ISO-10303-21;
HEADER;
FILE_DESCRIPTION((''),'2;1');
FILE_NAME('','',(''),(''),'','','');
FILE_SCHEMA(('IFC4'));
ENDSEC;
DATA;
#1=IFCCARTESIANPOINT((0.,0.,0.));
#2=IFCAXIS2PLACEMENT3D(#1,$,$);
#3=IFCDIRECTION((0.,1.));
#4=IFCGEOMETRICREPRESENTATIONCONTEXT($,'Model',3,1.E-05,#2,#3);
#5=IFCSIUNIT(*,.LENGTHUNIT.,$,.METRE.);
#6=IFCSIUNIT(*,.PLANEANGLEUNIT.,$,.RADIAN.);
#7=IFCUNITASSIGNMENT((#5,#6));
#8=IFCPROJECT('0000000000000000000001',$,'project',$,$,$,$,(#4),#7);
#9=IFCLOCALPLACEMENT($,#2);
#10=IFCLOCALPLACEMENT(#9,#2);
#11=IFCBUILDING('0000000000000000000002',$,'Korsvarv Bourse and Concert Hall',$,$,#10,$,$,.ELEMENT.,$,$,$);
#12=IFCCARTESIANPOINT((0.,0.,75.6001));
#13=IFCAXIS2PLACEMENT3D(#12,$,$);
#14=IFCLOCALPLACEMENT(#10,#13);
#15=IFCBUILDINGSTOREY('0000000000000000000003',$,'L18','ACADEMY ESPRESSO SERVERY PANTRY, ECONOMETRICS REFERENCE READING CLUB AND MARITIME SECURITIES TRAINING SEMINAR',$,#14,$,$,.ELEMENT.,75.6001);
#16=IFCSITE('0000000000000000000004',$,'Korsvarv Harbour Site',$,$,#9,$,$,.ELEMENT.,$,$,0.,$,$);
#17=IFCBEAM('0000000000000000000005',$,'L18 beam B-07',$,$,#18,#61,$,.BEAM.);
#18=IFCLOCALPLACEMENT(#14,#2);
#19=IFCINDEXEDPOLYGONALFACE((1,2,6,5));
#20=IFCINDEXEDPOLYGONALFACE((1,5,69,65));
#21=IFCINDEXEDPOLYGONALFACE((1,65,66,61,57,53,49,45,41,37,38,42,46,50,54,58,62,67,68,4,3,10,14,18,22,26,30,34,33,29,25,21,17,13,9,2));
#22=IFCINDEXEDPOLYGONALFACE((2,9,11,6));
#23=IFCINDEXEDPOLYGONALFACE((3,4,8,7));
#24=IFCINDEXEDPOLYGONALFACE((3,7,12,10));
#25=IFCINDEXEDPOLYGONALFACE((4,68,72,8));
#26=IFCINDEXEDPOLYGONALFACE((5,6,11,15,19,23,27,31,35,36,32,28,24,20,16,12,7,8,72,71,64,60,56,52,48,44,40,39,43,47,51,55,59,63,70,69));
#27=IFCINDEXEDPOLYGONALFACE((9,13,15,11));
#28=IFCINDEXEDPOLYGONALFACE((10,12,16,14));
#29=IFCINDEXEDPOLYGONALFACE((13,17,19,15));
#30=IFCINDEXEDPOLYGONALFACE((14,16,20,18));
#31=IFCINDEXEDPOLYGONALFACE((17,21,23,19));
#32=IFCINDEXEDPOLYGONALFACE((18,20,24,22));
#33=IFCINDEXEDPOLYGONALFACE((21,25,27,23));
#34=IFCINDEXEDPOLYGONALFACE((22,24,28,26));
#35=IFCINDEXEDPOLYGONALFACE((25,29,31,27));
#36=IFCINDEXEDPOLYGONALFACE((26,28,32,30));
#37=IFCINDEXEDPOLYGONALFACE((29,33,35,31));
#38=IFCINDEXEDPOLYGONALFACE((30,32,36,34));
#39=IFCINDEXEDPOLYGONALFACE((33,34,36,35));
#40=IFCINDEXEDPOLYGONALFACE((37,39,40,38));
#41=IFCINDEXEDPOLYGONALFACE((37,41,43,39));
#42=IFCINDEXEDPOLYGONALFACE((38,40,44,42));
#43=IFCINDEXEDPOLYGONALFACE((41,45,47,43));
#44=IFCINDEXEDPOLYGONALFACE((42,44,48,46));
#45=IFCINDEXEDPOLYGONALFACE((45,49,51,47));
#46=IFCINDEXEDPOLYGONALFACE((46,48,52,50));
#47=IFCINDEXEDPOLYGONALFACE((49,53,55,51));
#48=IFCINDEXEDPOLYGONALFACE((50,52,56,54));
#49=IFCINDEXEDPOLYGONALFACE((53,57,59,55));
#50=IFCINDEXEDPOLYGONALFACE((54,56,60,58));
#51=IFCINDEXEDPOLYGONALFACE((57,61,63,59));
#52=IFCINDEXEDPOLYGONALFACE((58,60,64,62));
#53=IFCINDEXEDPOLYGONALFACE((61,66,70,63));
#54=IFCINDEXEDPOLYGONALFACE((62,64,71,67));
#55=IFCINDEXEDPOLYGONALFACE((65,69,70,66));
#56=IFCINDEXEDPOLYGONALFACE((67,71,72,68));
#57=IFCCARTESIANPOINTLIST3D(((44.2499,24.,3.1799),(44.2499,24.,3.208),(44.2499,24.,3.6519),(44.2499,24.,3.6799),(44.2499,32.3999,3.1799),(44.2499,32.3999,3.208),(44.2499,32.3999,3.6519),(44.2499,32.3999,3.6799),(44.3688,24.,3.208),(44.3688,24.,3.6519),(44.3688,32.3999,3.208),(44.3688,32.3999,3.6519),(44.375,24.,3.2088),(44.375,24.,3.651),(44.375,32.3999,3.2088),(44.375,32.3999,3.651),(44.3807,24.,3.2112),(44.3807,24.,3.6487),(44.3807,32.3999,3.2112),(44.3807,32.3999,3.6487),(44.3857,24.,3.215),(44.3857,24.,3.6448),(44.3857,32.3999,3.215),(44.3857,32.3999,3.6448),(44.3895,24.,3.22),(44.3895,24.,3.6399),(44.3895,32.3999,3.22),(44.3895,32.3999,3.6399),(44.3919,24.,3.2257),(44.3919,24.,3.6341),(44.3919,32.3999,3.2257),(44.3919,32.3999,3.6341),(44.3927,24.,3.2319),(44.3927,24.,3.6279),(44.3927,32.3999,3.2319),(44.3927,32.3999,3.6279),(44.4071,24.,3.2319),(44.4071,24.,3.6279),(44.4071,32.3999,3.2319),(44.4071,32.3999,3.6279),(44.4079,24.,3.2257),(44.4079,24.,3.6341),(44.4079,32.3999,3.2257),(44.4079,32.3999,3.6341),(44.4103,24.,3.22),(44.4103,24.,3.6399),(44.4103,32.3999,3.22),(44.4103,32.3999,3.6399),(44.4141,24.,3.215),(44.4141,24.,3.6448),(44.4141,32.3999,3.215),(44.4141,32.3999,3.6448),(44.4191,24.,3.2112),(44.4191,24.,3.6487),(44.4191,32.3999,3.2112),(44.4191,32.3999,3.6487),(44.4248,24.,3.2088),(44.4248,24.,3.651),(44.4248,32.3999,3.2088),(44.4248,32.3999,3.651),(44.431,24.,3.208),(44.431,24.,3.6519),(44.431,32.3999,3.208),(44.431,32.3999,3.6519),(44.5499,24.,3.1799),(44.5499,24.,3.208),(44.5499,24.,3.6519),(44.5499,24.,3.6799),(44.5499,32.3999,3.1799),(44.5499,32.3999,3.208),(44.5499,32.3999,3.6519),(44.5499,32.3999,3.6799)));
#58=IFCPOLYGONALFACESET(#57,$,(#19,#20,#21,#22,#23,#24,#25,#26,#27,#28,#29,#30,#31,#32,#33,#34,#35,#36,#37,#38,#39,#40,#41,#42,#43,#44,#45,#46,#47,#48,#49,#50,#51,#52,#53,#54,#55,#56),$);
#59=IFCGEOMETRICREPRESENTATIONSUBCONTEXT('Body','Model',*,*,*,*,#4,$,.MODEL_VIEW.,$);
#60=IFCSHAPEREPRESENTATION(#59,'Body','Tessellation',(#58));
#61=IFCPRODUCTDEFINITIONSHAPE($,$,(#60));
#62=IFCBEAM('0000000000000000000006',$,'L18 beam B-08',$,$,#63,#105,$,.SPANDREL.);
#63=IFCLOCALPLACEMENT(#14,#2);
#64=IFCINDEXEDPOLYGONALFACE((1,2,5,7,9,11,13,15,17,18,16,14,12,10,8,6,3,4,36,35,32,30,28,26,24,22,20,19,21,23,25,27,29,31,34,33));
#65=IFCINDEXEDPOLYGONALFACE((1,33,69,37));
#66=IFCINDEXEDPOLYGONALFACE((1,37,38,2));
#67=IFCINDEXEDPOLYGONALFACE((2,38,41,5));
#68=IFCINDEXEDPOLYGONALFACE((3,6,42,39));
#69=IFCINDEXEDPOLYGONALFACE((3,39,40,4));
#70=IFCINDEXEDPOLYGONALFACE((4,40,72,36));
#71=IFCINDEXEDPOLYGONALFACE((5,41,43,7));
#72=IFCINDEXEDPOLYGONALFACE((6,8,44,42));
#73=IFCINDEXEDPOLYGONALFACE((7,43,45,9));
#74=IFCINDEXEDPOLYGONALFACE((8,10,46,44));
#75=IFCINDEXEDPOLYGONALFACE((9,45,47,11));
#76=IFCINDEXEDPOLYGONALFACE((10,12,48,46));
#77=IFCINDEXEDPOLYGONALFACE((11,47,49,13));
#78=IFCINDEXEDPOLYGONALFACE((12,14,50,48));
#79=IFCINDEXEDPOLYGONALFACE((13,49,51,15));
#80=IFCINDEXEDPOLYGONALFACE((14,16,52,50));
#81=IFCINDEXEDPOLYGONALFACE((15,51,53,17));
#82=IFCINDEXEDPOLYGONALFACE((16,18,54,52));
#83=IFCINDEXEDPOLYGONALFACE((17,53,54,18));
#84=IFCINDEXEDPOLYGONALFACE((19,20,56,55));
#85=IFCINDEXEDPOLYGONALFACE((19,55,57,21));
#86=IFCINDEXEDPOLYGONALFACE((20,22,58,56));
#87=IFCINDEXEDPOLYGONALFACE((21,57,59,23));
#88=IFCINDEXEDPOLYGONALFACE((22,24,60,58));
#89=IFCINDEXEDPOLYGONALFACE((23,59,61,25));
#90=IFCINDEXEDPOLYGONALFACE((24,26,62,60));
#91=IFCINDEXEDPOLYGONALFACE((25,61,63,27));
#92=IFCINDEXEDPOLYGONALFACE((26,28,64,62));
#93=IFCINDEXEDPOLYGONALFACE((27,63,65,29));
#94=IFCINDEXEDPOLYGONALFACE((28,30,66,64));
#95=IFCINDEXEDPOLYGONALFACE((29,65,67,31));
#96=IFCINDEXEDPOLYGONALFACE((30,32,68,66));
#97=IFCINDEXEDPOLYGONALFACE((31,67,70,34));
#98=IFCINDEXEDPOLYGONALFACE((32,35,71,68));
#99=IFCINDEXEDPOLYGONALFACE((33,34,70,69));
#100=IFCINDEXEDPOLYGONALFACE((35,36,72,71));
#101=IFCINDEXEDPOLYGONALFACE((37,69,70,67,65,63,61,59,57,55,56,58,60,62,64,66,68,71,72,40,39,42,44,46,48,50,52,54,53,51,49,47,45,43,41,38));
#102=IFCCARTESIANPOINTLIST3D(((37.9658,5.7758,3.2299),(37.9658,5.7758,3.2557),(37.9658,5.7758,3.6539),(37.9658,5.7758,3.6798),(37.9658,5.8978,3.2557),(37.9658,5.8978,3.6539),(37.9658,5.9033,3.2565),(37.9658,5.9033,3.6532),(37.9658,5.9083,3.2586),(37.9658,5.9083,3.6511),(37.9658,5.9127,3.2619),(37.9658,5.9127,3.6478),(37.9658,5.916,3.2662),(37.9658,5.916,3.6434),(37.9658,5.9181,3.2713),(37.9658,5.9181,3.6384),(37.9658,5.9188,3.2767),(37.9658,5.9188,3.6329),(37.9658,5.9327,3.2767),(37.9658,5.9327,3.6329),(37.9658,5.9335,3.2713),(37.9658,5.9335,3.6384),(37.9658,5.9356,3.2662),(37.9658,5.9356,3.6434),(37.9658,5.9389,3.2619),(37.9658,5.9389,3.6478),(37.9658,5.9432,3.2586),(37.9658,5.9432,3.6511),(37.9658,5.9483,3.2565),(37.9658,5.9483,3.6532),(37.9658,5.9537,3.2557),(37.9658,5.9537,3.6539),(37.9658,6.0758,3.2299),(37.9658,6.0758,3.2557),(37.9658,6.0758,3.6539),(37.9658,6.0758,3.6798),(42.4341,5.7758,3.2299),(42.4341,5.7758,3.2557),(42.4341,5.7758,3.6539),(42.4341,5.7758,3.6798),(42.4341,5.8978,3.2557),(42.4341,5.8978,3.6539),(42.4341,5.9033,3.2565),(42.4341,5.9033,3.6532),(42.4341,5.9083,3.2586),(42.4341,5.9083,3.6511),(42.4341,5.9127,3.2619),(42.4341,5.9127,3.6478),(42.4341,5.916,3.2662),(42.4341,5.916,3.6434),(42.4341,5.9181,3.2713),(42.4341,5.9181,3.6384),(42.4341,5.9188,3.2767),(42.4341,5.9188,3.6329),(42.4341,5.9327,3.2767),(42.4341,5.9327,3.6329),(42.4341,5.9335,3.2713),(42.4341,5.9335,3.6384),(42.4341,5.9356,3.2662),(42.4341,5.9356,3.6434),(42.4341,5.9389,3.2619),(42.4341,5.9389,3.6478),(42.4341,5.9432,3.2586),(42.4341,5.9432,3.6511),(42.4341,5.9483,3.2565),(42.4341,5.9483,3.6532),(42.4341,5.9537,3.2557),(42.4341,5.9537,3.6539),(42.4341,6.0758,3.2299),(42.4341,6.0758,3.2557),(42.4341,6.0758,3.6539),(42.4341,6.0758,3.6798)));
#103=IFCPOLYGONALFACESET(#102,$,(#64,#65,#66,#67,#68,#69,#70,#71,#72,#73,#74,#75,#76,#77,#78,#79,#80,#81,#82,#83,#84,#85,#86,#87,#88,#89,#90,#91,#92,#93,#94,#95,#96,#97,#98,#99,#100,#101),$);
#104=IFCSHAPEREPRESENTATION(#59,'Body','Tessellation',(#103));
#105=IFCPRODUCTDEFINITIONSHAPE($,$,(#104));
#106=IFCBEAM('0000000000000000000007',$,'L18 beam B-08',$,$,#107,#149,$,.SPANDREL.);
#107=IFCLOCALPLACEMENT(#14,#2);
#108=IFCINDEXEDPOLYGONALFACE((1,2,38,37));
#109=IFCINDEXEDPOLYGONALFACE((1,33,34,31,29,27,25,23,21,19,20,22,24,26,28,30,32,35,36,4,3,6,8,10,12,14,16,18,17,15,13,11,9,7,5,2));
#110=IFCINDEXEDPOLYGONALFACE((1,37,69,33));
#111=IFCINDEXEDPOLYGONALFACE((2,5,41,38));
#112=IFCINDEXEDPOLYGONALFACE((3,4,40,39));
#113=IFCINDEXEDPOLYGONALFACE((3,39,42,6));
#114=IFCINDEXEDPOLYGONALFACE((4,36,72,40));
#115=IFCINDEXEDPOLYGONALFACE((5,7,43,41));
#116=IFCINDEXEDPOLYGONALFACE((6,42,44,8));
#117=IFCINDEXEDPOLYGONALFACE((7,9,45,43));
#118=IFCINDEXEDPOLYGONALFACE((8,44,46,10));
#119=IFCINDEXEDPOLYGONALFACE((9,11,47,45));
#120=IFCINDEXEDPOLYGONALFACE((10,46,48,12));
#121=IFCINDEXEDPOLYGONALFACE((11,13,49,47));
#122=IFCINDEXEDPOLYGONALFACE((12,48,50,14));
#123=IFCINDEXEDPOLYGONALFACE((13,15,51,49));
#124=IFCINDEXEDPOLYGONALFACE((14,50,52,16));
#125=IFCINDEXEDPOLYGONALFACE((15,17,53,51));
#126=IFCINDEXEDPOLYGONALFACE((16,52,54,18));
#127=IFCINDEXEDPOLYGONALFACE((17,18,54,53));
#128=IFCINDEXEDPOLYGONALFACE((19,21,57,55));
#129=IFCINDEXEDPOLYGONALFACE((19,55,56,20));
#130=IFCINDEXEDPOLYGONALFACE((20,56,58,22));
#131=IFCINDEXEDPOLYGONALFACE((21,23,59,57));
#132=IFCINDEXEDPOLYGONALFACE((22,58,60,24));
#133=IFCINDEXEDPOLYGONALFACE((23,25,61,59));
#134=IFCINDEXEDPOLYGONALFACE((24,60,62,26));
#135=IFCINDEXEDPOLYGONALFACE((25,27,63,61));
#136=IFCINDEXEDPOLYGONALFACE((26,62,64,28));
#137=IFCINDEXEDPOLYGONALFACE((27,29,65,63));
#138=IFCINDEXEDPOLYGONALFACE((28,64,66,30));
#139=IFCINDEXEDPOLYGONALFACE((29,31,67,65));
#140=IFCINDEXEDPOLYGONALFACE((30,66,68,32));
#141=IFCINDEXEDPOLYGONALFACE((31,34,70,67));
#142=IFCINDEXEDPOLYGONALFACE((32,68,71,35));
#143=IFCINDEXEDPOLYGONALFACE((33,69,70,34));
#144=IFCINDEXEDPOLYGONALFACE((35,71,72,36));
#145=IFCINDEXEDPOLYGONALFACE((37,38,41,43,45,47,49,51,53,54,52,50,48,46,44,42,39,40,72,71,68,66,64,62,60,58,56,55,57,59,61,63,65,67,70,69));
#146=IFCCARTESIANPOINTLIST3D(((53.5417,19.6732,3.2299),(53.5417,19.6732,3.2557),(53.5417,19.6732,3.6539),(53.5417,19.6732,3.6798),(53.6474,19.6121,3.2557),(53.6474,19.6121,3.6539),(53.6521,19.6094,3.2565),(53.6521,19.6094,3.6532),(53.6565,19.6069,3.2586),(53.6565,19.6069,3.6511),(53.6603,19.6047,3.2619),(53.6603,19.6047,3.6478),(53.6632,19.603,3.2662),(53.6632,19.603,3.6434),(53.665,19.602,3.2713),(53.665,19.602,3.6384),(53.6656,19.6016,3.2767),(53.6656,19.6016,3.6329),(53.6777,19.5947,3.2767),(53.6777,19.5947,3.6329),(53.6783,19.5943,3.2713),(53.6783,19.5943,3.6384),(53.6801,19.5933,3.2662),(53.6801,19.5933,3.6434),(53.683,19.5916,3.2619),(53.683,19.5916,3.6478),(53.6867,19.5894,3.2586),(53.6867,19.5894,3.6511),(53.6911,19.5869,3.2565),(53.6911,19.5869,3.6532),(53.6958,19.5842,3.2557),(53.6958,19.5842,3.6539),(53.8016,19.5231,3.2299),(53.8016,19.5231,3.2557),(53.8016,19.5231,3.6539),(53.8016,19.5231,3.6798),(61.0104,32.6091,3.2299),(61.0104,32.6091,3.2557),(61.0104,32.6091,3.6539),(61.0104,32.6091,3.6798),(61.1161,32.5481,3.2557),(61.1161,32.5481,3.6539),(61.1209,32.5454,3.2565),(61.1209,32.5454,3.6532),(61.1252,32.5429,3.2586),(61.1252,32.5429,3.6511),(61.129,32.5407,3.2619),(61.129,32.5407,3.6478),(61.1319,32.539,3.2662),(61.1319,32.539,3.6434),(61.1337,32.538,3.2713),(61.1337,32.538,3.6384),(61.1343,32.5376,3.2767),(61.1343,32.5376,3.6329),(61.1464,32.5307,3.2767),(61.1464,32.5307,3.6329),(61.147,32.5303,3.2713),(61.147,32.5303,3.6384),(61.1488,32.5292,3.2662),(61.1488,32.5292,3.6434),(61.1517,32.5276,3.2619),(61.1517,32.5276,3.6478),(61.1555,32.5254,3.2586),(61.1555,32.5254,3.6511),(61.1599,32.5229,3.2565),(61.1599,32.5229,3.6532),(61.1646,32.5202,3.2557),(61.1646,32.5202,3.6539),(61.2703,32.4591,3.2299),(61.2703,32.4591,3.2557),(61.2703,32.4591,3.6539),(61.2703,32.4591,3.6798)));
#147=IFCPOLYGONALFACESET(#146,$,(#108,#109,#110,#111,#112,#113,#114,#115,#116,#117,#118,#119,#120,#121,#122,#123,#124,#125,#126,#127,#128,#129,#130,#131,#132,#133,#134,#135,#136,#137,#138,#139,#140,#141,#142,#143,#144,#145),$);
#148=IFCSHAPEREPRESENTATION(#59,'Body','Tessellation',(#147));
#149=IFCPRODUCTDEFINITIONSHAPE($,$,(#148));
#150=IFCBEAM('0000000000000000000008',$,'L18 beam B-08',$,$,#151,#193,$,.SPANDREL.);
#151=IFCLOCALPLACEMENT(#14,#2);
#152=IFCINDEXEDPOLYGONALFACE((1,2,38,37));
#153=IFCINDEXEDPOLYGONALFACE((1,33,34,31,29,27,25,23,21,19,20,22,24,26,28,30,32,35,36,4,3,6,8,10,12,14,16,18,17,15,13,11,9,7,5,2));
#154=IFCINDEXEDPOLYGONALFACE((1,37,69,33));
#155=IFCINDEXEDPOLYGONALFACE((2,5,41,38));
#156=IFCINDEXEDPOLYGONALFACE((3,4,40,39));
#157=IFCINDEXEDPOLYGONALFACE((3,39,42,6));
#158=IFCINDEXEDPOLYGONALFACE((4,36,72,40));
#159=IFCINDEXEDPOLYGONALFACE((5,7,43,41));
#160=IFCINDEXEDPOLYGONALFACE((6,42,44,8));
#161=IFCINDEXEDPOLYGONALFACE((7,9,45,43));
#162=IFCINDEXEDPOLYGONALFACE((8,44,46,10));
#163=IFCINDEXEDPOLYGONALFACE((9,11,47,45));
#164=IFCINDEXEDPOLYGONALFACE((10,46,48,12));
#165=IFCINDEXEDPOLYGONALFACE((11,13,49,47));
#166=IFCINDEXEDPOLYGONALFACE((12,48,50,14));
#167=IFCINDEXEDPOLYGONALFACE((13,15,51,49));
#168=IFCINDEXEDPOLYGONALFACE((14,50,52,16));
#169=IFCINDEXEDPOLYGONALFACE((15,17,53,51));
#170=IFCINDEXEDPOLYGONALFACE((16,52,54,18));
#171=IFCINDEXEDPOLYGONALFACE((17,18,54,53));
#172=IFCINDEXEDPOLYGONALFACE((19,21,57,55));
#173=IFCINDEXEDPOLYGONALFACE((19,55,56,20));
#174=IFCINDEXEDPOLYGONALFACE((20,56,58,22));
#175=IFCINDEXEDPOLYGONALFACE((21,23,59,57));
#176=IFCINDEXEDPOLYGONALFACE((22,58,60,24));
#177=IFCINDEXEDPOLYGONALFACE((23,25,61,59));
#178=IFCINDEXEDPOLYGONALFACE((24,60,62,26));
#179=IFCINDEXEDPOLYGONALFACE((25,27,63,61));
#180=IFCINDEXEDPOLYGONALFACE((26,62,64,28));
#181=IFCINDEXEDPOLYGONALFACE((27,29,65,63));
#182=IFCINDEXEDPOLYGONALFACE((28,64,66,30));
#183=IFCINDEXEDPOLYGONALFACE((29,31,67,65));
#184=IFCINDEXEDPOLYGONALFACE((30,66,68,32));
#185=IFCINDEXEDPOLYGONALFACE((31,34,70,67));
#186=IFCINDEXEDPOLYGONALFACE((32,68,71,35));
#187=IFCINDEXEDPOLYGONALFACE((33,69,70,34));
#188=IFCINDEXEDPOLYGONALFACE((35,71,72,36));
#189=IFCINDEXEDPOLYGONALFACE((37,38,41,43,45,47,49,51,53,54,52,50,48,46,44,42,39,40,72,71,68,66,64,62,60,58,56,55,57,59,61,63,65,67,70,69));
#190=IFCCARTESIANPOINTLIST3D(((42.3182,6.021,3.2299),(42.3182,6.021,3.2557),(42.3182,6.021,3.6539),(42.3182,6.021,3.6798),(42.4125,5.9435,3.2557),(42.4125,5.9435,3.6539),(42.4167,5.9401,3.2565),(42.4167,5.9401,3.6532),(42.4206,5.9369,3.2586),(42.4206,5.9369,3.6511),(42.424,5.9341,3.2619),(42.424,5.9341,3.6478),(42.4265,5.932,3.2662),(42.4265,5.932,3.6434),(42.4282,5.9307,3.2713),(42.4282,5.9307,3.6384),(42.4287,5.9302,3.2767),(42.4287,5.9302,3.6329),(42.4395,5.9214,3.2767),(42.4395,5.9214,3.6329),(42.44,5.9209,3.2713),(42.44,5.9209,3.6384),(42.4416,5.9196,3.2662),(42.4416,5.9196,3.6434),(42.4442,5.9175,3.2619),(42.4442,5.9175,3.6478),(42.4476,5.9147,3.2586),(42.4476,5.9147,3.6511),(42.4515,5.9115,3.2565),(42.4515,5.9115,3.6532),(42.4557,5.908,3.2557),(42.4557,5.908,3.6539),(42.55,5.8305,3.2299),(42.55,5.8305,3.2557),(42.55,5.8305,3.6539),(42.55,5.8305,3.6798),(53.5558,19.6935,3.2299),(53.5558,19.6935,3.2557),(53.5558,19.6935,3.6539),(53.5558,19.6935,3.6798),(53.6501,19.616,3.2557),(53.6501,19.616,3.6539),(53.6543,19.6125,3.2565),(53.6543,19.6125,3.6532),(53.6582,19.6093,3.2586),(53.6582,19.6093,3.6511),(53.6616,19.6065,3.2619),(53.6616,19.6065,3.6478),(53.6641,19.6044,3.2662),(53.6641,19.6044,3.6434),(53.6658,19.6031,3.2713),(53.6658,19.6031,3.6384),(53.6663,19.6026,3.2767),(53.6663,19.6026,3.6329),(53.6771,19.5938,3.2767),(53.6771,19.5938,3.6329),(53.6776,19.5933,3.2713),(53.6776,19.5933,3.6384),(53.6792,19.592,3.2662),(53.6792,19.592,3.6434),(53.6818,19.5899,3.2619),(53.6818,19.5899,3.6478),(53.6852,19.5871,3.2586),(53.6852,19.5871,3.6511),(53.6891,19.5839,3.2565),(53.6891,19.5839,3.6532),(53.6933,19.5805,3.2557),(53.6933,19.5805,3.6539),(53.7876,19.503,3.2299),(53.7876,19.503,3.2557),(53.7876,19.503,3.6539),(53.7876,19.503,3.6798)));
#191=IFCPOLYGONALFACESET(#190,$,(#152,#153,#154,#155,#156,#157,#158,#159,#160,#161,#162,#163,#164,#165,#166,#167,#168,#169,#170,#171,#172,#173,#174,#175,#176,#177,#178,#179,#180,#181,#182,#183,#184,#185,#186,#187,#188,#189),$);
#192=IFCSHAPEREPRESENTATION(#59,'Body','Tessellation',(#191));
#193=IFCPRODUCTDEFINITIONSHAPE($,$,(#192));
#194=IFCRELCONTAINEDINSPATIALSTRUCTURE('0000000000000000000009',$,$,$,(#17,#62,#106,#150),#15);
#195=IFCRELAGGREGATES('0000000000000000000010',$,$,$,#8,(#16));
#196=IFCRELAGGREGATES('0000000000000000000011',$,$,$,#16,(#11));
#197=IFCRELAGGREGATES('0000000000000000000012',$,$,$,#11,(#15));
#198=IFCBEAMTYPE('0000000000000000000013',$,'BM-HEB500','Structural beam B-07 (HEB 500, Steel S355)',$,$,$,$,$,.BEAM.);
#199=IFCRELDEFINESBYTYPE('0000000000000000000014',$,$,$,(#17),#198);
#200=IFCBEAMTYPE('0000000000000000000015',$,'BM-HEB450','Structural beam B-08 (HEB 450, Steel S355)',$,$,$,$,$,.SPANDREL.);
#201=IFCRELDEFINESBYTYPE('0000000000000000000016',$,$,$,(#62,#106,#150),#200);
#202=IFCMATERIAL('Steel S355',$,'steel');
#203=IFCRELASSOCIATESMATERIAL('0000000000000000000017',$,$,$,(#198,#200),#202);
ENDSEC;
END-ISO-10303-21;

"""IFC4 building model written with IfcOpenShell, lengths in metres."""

from ifc_helpers import new_model, si_unit, direction, frame, origin, origin_2d, place, context, subcontext, project, spatial, i_section, extrude, source, transform, mapped, material, material_profile, profile_set, type_object, element, save


model = new_model("IFC4")

# Units and contexts
model_context = context("Model", 3, precision=1e-05, world=origin(), true_north=direction((0.0, 1.0)))
body_context = subcontext(model_context, "Body", "Model", "MODEL_VIEW")
ifc_project = project(units=[si_unit("LENGTHUNIT", "METRE"), si_unit("PLANEANGLEUNIT", "RADIAN")], contexts=[model_context])

# Site, building, storey
site_placement = place(None, origin())
site = spatial("IfcSite", under=ifc_project, at=site_placement, Name="Korsvarv Harbour Site", CompositionType="ELEMENT", RefElevation=0.0)
building_placement = place(site_placement, origin())
building = spatial("IfcBuilding", under=site, at=building_placement, Name="Korsvarv Bourse and Concert Hall", CompositionType="ELEMENT")
storey_placement = place(building_placement, frame((0.0, 0.0, 75.6001)))
storey = spatial("IfcBuildingStorey", under=building, at=storey_placement, Name="L18", Description="ACADEMY ESPRESSO SERVERY PANTRY, ECONOMETRICS REFERENCE READING CLUB AND MARITIME SECURITIES TRAINING SEMINAR", CompositionType="ELEMENT", Elevation=75.6001)

# Beams
ifc_material_1 = material(Name="Steel S355", Category="steel")
ifc_material_profile_1 = material_profile(ifc_material_1, i_section(OverallWidth=0.3, OverallDepth=0.5, WebThickness=0.0144, FlangeThickness=0.0281, FilletRadius=0.0239, at=origin_2d()), Name="HEB 500")
ifc_profile_set_1 = profile_set([ifc_material_profile_1], Name="Steel S355")
beam_type_1 = type_object("IfcBeamType", Name="BM-HEB500", Description="Structural beam B-07 (HEB 500, Steel S355)", PredefinedType="BEAM", material=ifc_profile_set_1)
shared_shape_1 = source(origin(), body_context, "Body", "SweptSolid", [
    extrude(i_section(OverallWidth=0.3, OverallDepth=0.5, WebThickness=0.0144, FlangeThickness=0.0281, FilletRadius=0.0239, at=origin_2d()), origin(), (0.0, 0.0, 1.0), 8.3999),
])
beam_1_placement = place(storey_placement, frame((44.3999, 24.0, 3.4299), z_axis=(0.0, 1.0, 0.0), x_axis=(-1.0, 0.0, 0.0)))
element("IfcBeam", 1, at=beam_1_placement, inside=storey, type_object=beam_type_1, Name="L18 beam B-07", PredefinedType="BEAM", context=body_context, shape_type="MappedRepresentation", body=[
    mapped(shared_shape_1, transform((0.0, 0.0, 0.0), scale=1.0)),
])
ifc_material_profile_2 = material_profile(ifc_material_1, i_section(OverallWidth=0.3, OverallDepth=0.45, WebThickness=0.0139, FlangeThickness=0.0259, FilletRadius=0.021, at=origin_2d()), Name="HEB 450")
ifc_profile_set_2 = profile_set([ifc_material_profile_2], Name="Steel S355")
beam_type_2 = type_object("IfcBeamType", Name="BM-HEB450", Description="Structural beam B-08 (HEB 450, Steel S355)", PredefinedType="SPANDREL", material=ifc_profile_set_2)
shared_shape_2 = source(origin(), body_context, "Body", "SweptSolid", [
    extrude(i_section(OverallWidth=0.3, OverallDepth=0.45, WebThickness=0.0139, FlangeThickness=0.0259, FilletRadius=0.021, at=origin_2d()), origin(), (0.0, 0.0, 1.0), 4.4683),
])
beam_2_placement = place(storey_placement, frame((37.9658, 5.9258, 3.4548), z_axis=(1.0, 0.0, 0.0), x_axis=(0.0, 1.0, 0.0)))
element("IfcBeam", 2, at=beam_2_placement, inside=storey, type_object=beam_type_2, Name="L18 beam B-08", PredefinedType="SPANDREL", context=body_context, shape_type="MappedRepresentation", body=[
    mapped(shared_shape_2, transform((0.0, 0.0, 0.0), scale=1.0)),
])
shared_shape_3 = source(origin(), body_context, "Body", "SweptSolid", [
    extrude(i_section(OverallWidth=0.3, OverallDepth=0.45, WebThickness=0.0139, FlangeThickness=0.0259, FilletRadius=0.021, at=origin_2d()), origin(), (0.0, 0.0, 1.0), 14.9373),
])
beam_3_placement = place(storey_placement, frame((53.6716, 19.5981, 3.4548), z_axis=(0.500006, 0.866022, 0.0), x_axis=(-0.866022, 0.500006, 0.0)))
element("IfcBeam", 3, at=beam_3_placement, inside=storey, type_object=beam_type_2, Name="L18 beam B-08", PredefinedType="SPANDREL", context=body_context, shape_type="MappedRepresentation", body=[
    mapped(shared_shape_3, transform((0.0, 0.0, 0.0), scale=1.0)),
])
shared_shape_4 = source(origin(), body_context, "Body", "SweptSolid", [
    extrude(i_section(OverallWidth=0.3, OverallDepth=0.45, WebThickness=0.0139, FlangeThickness=0.0259, FilletRadius=0.021, at=origin_2d()), origin(), (0.0, 0.0, 1.0), 17.698),
])
beam_4_placement = place(storey_placement, frame((42.4341, 5.9258, 3.4548), z_axis=(0.634965, 0.772541, 0.0), x_axis=(-0.772541, 0.634965, 0.0)))
element("IfcBeam", 4, at=beam_4_placement, inside=storey, type_object=beam_type_2, Name="L18 beam B-08", PredefinedType="SPANDREL", context=body_context, shape_type="MappedRepresentation", body=[
    mapped(shared_shape_4, transform((0.0, 0.0, 0.0), scale=1.0)),
])

save(model, "model.ifc")
